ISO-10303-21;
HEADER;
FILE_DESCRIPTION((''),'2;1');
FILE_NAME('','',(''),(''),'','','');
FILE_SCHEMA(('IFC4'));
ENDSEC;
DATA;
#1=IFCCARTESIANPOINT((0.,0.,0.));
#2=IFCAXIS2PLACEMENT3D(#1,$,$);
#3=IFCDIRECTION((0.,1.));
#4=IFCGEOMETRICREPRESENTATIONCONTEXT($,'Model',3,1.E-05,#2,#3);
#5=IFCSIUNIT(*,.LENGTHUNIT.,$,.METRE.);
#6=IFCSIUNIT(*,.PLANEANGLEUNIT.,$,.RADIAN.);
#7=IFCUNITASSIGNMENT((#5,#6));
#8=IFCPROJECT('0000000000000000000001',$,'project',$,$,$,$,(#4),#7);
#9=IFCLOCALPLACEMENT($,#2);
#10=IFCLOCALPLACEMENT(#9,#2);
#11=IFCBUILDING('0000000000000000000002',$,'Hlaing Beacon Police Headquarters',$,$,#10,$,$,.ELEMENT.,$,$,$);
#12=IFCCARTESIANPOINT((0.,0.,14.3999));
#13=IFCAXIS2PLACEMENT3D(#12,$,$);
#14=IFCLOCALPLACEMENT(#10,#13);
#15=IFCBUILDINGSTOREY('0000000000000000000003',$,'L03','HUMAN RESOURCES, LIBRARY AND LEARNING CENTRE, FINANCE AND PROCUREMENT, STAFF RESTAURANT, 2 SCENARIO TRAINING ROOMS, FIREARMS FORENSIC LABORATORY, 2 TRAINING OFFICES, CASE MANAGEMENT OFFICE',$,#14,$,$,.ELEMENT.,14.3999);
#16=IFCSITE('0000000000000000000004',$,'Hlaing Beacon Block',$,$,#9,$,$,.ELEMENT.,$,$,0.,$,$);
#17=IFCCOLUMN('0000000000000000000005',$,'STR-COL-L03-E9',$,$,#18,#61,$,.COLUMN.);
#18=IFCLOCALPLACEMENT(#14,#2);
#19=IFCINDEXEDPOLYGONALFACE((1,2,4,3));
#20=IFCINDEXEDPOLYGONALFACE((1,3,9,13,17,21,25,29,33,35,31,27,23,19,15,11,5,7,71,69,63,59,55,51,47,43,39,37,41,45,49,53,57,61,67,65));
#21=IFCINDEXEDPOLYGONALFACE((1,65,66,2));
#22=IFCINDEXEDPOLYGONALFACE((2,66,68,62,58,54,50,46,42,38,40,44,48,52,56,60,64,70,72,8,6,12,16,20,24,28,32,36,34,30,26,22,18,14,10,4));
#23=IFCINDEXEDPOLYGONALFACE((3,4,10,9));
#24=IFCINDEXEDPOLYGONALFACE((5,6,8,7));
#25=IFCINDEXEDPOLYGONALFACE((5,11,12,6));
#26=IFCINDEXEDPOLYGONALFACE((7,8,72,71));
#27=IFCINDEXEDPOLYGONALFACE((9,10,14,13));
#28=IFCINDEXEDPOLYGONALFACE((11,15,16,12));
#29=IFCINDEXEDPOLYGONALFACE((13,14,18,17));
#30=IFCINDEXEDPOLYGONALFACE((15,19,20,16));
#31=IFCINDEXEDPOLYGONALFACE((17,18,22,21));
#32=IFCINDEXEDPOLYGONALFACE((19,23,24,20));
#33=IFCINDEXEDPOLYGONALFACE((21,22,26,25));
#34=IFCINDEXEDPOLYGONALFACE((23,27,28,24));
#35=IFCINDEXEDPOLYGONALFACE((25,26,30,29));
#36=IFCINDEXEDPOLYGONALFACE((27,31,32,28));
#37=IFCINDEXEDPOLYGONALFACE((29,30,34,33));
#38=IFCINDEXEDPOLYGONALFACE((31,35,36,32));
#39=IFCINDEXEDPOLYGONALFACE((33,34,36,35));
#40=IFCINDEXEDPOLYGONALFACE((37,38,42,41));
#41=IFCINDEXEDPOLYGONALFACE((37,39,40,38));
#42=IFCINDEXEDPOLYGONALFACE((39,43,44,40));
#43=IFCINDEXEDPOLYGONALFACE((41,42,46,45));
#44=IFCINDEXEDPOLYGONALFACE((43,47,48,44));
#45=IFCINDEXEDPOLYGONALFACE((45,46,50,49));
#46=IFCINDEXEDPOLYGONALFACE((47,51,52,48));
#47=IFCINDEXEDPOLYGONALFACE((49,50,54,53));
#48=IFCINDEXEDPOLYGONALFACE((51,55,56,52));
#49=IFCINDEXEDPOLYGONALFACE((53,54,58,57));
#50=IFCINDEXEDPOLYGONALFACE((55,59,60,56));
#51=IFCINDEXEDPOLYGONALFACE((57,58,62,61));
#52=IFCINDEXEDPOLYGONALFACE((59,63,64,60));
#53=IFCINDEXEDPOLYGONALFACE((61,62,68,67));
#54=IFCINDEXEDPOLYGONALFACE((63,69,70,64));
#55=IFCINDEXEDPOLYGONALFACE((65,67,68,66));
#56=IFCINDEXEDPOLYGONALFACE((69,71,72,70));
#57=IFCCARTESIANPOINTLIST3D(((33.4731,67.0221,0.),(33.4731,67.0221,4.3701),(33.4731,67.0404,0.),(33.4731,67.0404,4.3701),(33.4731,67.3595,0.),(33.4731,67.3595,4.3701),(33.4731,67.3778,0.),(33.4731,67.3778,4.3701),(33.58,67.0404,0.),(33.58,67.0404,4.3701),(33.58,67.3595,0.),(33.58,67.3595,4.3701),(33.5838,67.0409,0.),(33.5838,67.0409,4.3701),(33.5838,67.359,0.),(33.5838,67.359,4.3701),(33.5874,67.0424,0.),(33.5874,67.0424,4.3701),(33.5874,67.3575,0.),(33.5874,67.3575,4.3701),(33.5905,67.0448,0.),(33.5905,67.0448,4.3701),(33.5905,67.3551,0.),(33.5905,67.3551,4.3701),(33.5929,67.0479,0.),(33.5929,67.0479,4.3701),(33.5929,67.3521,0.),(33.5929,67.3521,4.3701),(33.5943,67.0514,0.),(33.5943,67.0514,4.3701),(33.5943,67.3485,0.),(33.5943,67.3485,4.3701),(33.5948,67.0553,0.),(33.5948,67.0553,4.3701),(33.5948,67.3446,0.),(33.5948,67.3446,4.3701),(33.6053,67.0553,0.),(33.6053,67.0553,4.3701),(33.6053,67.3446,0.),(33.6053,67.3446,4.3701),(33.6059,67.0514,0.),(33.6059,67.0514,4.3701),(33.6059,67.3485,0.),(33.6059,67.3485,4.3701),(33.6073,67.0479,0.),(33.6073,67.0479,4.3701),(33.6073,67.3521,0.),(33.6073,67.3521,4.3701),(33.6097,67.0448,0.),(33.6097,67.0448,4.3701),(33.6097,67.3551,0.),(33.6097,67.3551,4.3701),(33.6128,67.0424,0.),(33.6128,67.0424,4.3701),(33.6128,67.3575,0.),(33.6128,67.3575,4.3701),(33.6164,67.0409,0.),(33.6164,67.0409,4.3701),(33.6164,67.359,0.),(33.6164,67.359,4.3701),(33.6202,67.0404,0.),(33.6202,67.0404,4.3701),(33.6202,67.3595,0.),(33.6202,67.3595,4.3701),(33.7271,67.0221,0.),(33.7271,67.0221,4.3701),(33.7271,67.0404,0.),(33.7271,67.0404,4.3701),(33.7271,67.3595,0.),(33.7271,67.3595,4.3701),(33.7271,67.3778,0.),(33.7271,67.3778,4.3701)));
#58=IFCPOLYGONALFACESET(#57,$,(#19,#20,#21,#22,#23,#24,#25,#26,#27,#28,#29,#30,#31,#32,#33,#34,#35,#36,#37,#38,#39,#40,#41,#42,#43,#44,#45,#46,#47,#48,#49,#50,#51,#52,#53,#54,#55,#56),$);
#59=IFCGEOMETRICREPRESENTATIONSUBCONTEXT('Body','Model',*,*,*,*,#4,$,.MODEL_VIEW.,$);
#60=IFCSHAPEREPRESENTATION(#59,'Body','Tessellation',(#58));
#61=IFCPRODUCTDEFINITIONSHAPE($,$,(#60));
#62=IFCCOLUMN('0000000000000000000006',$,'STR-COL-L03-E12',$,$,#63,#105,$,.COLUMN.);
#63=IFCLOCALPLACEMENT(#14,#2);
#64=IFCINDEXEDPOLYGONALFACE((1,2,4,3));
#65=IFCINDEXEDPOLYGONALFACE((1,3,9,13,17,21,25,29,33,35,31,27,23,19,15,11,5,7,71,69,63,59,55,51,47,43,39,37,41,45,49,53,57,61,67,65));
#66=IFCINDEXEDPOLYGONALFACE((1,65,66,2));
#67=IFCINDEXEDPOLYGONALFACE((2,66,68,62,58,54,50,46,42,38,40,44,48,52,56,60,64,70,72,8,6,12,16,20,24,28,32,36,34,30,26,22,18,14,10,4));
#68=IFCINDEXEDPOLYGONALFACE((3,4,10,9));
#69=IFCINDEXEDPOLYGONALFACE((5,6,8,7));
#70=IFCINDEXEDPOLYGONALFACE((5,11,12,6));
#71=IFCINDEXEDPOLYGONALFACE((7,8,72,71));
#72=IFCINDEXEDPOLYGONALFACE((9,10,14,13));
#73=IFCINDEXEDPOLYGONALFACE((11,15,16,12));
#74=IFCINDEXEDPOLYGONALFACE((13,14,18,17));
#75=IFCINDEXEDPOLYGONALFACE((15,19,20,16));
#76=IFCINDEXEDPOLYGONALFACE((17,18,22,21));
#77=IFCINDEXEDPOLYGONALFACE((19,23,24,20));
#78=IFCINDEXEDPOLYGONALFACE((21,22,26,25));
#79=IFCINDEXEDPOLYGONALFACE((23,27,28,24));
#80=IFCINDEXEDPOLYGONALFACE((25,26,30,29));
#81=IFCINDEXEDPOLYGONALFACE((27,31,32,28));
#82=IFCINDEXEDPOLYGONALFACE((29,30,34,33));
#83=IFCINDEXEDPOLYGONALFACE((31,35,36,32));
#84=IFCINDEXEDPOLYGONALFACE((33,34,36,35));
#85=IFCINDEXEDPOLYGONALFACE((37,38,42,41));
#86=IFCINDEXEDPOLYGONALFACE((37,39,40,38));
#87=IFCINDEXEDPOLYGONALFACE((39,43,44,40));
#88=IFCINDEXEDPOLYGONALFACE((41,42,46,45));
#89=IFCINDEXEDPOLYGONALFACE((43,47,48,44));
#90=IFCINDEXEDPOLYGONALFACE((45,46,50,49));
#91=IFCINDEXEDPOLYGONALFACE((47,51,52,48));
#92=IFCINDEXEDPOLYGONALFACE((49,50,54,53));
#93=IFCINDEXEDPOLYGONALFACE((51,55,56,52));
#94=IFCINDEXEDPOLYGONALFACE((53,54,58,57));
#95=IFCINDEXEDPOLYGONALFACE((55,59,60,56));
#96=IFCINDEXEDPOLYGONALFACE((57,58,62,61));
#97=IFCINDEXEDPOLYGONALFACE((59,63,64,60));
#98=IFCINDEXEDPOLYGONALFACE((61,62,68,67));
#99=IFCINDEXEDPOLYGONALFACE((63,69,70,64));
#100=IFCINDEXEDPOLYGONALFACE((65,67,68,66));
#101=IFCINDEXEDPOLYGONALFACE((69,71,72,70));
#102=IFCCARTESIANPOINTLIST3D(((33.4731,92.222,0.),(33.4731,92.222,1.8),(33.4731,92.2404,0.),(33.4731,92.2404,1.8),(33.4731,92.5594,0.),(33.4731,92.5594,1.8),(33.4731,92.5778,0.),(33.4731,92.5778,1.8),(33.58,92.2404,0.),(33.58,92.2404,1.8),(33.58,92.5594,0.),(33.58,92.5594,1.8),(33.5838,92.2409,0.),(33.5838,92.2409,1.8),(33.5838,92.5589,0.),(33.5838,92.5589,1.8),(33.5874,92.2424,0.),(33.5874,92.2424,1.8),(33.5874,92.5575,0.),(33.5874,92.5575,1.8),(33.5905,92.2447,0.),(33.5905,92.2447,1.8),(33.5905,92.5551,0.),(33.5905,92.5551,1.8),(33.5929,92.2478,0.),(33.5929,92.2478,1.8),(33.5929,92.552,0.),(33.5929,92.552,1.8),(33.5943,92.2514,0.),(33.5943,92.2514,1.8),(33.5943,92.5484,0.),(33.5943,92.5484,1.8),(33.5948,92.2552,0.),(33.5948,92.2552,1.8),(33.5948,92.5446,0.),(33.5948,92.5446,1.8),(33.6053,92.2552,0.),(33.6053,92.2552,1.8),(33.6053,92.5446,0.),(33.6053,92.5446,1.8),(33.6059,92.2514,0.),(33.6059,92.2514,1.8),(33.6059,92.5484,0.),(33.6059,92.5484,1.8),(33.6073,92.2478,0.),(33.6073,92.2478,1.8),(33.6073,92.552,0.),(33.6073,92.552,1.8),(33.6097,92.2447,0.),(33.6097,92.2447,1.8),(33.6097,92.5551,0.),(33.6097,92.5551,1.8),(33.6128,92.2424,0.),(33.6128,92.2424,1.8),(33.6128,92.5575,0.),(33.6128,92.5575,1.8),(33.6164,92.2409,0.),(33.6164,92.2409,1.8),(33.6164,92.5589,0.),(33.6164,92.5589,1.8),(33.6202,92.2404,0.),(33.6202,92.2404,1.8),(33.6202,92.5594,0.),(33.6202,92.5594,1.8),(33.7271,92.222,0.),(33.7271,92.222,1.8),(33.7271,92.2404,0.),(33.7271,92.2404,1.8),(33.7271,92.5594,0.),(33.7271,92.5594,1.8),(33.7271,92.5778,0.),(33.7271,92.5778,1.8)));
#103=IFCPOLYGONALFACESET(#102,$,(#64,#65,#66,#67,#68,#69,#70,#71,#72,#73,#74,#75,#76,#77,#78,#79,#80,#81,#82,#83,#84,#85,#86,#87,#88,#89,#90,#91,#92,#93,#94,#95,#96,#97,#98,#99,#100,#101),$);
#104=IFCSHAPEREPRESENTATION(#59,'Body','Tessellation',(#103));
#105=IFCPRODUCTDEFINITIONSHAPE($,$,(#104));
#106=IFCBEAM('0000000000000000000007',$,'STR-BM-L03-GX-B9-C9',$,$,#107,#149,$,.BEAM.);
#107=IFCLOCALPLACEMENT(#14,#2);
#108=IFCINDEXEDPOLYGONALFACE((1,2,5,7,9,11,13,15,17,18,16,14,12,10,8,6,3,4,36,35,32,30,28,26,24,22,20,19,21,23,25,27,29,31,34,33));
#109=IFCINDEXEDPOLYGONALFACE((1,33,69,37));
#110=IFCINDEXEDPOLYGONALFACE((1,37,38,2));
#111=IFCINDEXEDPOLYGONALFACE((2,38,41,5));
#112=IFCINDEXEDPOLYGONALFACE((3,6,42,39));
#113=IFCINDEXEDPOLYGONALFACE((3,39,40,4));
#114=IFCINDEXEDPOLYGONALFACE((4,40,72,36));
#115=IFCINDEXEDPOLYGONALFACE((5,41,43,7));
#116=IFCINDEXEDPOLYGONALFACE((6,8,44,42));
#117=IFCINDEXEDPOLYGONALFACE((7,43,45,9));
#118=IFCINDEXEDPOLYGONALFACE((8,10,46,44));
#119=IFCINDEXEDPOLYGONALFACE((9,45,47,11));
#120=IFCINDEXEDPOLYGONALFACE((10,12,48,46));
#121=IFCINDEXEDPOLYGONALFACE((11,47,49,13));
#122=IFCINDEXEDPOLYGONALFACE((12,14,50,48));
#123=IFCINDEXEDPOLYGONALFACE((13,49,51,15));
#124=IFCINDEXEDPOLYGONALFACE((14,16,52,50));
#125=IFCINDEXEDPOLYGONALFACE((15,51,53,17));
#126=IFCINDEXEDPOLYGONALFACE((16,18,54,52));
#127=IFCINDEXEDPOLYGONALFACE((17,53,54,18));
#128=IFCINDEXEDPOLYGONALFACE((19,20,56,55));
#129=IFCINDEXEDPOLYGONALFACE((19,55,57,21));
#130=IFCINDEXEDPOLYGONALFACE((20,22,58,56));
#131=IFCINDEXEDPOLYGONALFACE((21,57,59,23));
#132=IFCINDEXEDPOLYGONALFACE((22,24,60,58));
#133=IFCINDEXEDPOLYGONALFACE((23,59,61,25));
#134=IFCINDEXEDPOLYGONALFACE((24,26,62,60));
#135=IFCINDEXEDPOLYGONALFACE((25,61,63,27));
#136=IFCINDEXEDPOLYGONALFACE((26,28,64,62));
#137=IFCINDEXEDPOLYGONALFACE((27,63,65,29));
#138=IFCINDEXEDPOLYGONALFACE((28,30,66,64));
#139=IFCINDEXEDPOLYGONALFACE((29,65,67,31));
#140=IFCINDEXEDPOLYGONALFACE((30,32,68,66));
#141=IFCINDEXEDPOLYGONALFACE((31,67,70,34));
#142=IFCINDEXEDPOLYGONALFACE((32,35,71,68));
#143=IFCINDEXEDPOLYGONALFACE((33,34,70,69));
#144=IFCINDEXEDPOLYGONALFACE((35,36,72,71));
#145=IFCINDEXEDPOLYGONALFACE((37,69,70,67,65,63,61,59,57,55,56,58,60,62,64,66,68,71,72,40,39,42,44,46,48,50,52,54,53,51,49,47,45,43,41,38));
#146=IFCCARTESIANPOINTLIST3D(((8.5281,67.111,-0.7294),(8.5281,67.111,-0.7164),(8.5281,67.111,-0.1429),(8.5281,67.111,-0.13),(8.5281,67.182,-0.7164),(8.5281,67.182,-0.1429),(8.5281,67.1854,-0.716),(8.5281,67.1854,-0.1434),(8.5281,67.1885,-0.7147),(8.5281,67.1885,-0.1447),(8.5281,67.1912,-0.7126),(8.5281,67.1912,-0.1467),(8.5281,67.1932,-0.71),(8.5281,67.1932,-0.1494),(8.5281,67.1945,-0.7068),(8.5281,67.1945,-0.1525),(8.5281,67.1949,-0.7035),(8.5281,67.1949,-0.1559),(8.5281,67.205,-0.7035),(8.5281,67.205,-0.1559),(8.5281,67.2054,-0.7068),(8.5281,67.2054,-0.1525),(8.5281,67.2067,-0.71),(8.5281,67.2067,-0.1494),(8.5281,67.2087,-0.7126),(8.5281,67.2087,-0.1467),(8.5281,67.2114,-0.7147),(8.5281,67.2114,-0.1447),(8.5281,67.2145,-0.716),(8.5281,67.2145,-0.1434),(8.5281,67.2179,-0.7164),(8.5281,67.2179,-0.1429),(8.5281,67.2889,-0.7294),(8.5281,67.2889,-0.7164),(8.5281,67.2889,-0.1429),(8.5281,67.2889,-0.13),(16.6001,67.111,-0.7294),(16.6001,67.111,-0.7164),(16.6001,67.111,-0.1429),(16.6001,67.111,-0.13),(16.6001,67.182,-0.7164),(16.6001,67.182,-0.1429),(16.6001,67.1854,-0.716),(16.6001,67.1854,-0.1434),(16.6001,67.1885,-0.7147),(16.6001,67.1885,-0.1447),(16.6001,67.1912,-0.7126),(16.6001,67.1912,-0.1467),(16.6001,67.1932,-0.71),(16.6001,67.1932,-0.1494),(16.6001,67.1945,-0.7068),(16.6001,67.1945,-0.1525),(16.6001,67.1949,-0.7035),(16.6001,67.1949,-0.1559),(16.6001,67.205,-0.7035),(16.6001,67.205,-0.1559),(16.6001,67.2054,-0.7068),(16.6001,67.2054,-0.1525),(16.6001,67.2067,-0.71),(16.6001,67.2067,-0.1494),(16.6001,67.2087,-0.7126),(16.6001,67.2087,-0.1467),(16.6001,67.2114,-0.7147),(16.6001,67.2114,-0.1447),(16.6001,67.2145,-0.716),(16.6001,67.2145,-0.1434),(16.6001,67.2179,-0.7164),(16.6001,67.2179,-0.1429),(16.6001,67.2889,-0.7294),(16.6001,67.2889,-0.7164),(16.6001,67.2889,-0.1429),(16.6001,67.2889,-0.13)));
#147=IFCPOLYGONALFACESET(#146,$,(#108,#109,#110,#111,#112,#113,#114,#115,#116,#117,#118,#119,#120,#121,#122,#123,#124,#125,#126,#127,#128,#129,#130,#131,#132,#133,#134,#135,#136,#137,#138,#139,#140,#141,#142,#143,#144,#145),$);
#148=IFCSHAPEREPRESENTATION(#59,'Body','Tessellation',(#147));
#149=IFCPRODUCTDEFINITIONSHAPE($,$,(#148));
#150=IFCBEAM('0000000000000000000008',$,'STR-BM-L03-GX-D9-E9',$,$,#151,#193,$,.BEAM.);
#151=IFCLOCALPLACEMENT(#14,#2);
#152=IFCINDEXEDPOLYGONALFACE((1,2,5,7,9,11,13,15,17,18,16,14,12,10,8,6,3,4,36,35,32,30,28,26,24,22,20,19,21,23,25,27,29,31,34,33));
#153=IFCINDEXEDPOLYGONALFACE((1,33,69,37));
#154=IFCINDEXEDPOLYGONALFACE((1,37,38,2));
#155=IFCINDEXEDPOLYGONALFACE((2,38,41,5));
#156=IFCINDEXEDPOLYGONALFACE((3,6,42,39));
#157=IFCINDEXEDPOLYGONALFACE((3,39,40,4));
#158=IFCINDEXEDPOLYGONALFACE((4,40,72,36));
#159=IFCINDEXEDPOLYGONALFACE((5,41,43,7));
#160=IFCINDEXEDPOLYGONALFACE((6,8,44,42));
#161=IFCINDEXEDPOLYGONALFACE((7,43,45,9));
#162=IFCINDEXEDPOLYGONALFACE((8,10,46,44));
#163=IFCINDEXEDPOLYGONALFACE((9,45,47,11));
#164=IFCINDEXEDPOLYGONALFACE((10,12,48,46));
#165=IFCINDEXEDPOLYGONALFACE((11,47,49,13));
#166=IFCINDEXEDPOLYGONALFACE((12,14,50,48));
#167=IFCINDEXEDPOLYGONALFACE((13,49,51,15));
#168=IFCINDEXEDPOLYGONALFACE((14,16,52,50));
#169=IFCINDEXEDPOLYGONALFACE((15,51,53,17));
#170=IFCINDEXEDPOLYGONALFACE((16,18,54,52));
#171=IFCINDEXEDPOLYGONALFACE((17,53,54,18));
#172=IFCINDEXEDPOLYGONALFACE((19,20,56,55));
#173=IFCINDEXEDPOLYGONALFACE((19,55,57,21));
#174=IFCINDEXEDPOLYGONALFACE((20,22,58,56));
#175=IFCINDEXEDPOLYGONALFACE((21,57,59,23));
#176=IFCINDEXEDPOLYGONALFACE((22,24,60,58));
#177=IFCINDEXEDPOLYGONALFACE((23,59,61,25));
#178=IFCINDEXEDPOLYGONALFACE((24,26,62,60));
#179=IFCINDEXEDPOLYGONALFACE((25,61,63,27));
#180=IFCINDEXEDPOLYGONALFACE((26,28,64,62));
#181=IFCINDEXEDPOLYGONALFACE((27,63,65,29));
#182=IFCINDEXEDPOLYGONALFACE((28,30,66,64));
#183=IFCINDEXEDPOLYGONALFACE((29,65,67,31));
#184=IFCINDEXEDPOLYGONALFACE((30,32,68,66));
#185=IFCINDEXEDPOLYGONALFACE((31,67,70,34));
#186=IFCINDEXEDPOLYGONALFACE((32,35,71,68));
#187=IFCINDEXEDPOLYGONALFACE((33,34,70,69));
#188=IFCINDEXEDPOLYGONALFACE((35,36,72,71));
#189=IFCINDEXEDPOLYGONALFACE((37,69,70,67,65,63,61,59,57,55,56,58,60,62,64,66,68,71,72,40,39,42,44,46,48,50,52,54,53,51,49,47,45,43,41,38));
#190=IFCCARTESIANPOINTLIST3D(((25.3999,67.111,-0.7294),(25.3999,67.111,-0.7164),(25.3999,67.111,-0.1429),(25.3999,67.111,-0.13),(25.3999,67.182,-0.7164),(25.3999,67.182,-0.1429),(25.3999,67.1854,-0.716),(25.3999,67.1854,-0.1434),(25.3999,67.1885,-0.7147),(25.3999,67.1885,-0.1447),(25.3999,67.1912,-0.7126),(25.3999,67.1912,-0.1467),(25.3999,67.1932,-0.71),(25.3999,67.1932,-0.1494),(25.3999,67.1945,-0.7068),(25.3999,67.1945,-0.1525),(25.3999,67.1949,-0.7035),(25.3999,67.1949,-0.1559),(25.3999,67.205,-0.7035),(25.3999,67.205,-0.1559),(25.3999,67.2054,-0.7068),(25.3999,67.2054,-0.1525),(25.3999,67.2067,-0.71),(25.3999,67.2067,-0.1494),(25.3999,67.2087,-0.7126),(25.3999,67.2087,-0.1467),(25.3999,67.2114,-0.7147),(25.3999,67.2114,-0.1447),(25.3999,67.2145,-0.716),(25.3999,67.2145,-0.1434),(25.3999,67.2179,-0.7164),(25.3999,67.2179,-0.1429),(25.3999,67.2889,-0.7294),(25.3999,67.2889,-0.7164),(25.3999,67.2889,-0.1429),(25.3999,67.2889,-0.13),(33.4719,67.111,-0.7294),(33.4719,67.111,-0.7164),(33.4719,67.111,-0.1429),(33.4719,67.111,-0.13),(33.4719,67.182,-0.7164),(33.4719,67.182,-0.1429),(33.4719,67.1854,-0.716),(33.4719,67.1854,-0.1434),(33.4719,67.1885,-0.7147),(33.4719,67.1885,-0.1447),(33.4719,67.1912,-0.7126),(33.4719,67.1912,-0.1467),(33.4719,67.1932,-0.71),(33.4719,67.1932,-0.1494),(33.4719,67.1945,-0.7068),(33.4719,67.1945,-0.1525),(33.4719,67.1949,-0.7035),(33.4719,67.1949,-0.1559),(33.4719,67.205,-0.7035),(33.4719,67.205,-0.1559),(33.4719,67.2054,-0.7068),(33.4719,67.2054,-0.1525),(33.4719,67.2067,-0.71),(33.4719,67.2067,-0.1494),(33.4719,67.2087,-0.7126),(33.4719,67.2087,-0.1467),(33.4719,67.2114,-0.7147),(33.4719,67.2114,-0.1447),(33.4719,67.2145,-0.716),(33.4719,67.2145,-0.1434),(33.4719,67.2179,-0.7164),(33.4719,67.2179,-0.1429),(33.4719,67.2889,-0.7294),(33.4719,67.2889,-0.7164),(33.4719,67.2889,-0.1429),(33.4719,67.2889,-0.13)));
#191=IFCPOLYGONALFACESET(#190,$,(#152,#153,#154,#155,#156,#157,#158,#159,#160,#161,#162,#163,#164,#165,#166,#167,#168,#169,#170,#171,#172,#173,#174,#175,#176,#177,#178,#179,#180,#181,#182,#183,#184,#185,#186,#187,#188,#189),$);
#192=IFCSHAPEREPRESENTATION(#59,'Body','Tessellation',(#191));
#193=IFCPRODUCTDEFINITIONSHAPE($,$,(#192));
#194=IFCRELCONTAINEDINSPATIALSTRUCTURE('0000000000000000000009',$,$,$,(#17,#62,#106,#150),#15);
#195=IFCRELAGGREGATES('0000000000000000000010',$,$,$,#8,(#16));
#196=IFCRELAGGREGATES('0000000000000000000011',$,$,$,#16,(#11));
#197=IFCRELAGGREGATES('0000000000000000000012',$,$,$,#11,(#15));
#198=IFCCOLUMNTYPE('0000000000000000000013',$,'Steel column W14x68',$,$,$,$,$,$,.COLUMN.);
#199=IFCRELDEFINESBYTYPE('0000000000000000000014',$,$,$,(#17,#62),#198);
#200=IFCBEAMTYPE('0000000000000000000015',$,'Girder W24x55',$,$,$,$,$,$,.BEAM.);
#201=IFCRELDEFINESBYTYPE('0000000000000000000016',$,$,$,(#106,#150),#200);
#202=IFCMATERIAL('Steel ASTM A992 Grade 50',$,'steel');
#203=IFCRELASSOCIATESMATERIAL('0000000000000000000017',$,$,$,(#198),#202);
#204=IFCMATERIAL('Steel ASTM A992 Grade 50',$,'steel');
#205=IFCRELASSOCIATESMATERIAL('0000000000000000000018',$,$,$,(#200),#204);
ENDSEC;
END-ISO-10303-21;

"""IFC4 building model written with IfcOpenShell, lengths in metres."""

from ifc_helpers import new_model, si_unit, direction, frame, origin, origin_2d, place, context, subcontext, project, spatial, i_section, extrude, material, material_profile, profile_set, type_object, element, save


model = new_model("IFC4")

# Units and contexts
model_context = context("Model", 3, precision=1e-05, world=origin(), true_north=direction((0.0, 1.0)))
body_context = subcontext(model_context, "Body", "Model", "MODEL_VIEW")
ifc_project = project(units=[si_unit("LENGTHUNIT", "METRE"), si_unit("PLANEANGLEUNIT", "RADIAN")], contexts=[model_context])

# Site, building, storey
site_placement = place(None, origin())
site = spatial("IfcSite", under=ifc_project, at=site_placement, Name="Hlaing Beacon Block", CompositionType="ELEMENT", RefElevation=0.0)
building_placement = place(site_placement, origin())
building = spatial("IfcBuilding", under=site, at=building_placement, Name="Hlaing Beacon Police Headquarters", CompositionType="ELEMENT")
storey_placement = place(building_placement, frame((0.0, 0.0, 14.3999)))
storey = spatial("IfcBuildingStorey", under=building, at=storey_placement, Name="L03", Description="HUMAN RESOURCES, LIBRARY AND LEARNING CENTRE, FINANCE AND PROCUREMENT, STAFF RESTAURANT, 2 SCENARIO TRAINING ROOMS, FIREARMS FORENSIC LABORATORY, 2 TRAINING OFFICES, CASE MANAGEMENT OFFICE", CompositionType="ELEMENT", Elevation=14.3999)

# Columns
ifc_material_1 = material(Name="Steel ASTM A992 Grade 50", Category="steel")
ifc_material_profile_1 = material_profile(ifc_material_1, i_section(OverallWidth=0.2539, OverallDepth=0.3557, WebThickness=0.0105, FlangeThickness=0.0183, FilletRadius=0.0149, at=origin_2d()), Name="W14x68")
ifc_profile_set_1 = profile_set([ifc_material_profile_1], Name="Steel ASTM A992 Grade 50")
column_type_1 = type_object("IfcColumnType", Name="Steel column W14x68", PredefinedType="COLUMN", material=ifc_profile_set_1)
for number, where, z_axis, x_axis, name in (
    (1, (33.6001, 67.2, 0.0), (0.0, 0.0, 1.0), (1.0, 0.0, 0.0), "STR-COL-L03-E9"),
):
    element("IfcColumn", number, at=place(storey_placement, frame(where, z_axis=z_axis, x_axis=x_axis)), inside=storey, type_object=column_type_1, Name=name, PredefinedType="COLUMN", context=body_context, shape_type="SweptSolid", body=[
        extrude(i_section(OverallWidth=0.2539, OverallDepth=0.3557, WebThickness=0.0105, FlangeThickness=0.0183, FilletRadius=0.0149, at=origin_2d()), origin(), (0.0, 0.0, 1.0), 4.3701),
    ])
column_placement = place(storey_placement, frame((33.6001, 92.3999, 0.0), z_axis=(0.0, 0.0, 1.0), x_axis=(1.0, 0.0, 0.0)))
element("IfcColumn", 2, at=column_placement, inside=storey, type_object=column_type_1, Name="STR-COL-L03-E12", PredefinedType="COLUMN", context=body_context, shape_type="SweptSolid", body=[
    extrude(i_section(OverallWidth=0.2539, OverallDepth=0.3557, WebThickness=0.0105, FlangeThickness=0.0183, FilletRadius=0.0149, at=origin_2d()), origin(), (0.0, 0.0, 1.0), 1.8),
])

# Beams
ifc_material_2 = material(Name="Steel ASTM A992 Grade 50", Category="steel")
ifc_material_profile_2 = material_profile(ifc_material_2, i_section(OverallWidth=0.178, OverallDepth=0.5994, WebThickness=0.01, FlangeThickness=0.0129, FilletRadius=0.0129, at=origin_2d()), Name="W24x55")
ifc_profile_set_2 = profile_set([ifc_material_profile_2], Name="Steel ASTM A992 Grade 50")
beam_type_1 = type_object("IfcBeamType", Name="Girder W24x55", PredefinedType="BEAM", material=ifc_profile_set_2)
for number, where, z_axis, x_axis, name in (
    (3, (8.5281, 67.2, -0.4297), (1.0, 0.0, 0.0), (0.0, 1.0, 0.0), "STR-BM-L03-GX-B9-C9"),
    (4, (25.3999, 67.2, -0.4297), (1.0, 0.0, 0.0), (0.0, 1.0, 0.0), "STR-BM-L03-GX-D9-E9"),
):
    element("IfcBeam", number, at=place(storey_placement, frame(where, z_axis=z_axis, x_axis=x_axis)), inside=storey, type_object=beam_type_1, Name=name, PredefinedType="BEAM", context=body_context, shape_type="SweptSolid", body=[
        extrude(i_section(OverallWidth=0.178, OverallDepth=0.5994, WebThickness=0.01, FlangeThickness=0.0129, FilletRadius=0.0129, at=origin_2d()), origin(), (0.0, 0.0, 1.0), 8.072),
    ])

save(model, "model.ifc")
